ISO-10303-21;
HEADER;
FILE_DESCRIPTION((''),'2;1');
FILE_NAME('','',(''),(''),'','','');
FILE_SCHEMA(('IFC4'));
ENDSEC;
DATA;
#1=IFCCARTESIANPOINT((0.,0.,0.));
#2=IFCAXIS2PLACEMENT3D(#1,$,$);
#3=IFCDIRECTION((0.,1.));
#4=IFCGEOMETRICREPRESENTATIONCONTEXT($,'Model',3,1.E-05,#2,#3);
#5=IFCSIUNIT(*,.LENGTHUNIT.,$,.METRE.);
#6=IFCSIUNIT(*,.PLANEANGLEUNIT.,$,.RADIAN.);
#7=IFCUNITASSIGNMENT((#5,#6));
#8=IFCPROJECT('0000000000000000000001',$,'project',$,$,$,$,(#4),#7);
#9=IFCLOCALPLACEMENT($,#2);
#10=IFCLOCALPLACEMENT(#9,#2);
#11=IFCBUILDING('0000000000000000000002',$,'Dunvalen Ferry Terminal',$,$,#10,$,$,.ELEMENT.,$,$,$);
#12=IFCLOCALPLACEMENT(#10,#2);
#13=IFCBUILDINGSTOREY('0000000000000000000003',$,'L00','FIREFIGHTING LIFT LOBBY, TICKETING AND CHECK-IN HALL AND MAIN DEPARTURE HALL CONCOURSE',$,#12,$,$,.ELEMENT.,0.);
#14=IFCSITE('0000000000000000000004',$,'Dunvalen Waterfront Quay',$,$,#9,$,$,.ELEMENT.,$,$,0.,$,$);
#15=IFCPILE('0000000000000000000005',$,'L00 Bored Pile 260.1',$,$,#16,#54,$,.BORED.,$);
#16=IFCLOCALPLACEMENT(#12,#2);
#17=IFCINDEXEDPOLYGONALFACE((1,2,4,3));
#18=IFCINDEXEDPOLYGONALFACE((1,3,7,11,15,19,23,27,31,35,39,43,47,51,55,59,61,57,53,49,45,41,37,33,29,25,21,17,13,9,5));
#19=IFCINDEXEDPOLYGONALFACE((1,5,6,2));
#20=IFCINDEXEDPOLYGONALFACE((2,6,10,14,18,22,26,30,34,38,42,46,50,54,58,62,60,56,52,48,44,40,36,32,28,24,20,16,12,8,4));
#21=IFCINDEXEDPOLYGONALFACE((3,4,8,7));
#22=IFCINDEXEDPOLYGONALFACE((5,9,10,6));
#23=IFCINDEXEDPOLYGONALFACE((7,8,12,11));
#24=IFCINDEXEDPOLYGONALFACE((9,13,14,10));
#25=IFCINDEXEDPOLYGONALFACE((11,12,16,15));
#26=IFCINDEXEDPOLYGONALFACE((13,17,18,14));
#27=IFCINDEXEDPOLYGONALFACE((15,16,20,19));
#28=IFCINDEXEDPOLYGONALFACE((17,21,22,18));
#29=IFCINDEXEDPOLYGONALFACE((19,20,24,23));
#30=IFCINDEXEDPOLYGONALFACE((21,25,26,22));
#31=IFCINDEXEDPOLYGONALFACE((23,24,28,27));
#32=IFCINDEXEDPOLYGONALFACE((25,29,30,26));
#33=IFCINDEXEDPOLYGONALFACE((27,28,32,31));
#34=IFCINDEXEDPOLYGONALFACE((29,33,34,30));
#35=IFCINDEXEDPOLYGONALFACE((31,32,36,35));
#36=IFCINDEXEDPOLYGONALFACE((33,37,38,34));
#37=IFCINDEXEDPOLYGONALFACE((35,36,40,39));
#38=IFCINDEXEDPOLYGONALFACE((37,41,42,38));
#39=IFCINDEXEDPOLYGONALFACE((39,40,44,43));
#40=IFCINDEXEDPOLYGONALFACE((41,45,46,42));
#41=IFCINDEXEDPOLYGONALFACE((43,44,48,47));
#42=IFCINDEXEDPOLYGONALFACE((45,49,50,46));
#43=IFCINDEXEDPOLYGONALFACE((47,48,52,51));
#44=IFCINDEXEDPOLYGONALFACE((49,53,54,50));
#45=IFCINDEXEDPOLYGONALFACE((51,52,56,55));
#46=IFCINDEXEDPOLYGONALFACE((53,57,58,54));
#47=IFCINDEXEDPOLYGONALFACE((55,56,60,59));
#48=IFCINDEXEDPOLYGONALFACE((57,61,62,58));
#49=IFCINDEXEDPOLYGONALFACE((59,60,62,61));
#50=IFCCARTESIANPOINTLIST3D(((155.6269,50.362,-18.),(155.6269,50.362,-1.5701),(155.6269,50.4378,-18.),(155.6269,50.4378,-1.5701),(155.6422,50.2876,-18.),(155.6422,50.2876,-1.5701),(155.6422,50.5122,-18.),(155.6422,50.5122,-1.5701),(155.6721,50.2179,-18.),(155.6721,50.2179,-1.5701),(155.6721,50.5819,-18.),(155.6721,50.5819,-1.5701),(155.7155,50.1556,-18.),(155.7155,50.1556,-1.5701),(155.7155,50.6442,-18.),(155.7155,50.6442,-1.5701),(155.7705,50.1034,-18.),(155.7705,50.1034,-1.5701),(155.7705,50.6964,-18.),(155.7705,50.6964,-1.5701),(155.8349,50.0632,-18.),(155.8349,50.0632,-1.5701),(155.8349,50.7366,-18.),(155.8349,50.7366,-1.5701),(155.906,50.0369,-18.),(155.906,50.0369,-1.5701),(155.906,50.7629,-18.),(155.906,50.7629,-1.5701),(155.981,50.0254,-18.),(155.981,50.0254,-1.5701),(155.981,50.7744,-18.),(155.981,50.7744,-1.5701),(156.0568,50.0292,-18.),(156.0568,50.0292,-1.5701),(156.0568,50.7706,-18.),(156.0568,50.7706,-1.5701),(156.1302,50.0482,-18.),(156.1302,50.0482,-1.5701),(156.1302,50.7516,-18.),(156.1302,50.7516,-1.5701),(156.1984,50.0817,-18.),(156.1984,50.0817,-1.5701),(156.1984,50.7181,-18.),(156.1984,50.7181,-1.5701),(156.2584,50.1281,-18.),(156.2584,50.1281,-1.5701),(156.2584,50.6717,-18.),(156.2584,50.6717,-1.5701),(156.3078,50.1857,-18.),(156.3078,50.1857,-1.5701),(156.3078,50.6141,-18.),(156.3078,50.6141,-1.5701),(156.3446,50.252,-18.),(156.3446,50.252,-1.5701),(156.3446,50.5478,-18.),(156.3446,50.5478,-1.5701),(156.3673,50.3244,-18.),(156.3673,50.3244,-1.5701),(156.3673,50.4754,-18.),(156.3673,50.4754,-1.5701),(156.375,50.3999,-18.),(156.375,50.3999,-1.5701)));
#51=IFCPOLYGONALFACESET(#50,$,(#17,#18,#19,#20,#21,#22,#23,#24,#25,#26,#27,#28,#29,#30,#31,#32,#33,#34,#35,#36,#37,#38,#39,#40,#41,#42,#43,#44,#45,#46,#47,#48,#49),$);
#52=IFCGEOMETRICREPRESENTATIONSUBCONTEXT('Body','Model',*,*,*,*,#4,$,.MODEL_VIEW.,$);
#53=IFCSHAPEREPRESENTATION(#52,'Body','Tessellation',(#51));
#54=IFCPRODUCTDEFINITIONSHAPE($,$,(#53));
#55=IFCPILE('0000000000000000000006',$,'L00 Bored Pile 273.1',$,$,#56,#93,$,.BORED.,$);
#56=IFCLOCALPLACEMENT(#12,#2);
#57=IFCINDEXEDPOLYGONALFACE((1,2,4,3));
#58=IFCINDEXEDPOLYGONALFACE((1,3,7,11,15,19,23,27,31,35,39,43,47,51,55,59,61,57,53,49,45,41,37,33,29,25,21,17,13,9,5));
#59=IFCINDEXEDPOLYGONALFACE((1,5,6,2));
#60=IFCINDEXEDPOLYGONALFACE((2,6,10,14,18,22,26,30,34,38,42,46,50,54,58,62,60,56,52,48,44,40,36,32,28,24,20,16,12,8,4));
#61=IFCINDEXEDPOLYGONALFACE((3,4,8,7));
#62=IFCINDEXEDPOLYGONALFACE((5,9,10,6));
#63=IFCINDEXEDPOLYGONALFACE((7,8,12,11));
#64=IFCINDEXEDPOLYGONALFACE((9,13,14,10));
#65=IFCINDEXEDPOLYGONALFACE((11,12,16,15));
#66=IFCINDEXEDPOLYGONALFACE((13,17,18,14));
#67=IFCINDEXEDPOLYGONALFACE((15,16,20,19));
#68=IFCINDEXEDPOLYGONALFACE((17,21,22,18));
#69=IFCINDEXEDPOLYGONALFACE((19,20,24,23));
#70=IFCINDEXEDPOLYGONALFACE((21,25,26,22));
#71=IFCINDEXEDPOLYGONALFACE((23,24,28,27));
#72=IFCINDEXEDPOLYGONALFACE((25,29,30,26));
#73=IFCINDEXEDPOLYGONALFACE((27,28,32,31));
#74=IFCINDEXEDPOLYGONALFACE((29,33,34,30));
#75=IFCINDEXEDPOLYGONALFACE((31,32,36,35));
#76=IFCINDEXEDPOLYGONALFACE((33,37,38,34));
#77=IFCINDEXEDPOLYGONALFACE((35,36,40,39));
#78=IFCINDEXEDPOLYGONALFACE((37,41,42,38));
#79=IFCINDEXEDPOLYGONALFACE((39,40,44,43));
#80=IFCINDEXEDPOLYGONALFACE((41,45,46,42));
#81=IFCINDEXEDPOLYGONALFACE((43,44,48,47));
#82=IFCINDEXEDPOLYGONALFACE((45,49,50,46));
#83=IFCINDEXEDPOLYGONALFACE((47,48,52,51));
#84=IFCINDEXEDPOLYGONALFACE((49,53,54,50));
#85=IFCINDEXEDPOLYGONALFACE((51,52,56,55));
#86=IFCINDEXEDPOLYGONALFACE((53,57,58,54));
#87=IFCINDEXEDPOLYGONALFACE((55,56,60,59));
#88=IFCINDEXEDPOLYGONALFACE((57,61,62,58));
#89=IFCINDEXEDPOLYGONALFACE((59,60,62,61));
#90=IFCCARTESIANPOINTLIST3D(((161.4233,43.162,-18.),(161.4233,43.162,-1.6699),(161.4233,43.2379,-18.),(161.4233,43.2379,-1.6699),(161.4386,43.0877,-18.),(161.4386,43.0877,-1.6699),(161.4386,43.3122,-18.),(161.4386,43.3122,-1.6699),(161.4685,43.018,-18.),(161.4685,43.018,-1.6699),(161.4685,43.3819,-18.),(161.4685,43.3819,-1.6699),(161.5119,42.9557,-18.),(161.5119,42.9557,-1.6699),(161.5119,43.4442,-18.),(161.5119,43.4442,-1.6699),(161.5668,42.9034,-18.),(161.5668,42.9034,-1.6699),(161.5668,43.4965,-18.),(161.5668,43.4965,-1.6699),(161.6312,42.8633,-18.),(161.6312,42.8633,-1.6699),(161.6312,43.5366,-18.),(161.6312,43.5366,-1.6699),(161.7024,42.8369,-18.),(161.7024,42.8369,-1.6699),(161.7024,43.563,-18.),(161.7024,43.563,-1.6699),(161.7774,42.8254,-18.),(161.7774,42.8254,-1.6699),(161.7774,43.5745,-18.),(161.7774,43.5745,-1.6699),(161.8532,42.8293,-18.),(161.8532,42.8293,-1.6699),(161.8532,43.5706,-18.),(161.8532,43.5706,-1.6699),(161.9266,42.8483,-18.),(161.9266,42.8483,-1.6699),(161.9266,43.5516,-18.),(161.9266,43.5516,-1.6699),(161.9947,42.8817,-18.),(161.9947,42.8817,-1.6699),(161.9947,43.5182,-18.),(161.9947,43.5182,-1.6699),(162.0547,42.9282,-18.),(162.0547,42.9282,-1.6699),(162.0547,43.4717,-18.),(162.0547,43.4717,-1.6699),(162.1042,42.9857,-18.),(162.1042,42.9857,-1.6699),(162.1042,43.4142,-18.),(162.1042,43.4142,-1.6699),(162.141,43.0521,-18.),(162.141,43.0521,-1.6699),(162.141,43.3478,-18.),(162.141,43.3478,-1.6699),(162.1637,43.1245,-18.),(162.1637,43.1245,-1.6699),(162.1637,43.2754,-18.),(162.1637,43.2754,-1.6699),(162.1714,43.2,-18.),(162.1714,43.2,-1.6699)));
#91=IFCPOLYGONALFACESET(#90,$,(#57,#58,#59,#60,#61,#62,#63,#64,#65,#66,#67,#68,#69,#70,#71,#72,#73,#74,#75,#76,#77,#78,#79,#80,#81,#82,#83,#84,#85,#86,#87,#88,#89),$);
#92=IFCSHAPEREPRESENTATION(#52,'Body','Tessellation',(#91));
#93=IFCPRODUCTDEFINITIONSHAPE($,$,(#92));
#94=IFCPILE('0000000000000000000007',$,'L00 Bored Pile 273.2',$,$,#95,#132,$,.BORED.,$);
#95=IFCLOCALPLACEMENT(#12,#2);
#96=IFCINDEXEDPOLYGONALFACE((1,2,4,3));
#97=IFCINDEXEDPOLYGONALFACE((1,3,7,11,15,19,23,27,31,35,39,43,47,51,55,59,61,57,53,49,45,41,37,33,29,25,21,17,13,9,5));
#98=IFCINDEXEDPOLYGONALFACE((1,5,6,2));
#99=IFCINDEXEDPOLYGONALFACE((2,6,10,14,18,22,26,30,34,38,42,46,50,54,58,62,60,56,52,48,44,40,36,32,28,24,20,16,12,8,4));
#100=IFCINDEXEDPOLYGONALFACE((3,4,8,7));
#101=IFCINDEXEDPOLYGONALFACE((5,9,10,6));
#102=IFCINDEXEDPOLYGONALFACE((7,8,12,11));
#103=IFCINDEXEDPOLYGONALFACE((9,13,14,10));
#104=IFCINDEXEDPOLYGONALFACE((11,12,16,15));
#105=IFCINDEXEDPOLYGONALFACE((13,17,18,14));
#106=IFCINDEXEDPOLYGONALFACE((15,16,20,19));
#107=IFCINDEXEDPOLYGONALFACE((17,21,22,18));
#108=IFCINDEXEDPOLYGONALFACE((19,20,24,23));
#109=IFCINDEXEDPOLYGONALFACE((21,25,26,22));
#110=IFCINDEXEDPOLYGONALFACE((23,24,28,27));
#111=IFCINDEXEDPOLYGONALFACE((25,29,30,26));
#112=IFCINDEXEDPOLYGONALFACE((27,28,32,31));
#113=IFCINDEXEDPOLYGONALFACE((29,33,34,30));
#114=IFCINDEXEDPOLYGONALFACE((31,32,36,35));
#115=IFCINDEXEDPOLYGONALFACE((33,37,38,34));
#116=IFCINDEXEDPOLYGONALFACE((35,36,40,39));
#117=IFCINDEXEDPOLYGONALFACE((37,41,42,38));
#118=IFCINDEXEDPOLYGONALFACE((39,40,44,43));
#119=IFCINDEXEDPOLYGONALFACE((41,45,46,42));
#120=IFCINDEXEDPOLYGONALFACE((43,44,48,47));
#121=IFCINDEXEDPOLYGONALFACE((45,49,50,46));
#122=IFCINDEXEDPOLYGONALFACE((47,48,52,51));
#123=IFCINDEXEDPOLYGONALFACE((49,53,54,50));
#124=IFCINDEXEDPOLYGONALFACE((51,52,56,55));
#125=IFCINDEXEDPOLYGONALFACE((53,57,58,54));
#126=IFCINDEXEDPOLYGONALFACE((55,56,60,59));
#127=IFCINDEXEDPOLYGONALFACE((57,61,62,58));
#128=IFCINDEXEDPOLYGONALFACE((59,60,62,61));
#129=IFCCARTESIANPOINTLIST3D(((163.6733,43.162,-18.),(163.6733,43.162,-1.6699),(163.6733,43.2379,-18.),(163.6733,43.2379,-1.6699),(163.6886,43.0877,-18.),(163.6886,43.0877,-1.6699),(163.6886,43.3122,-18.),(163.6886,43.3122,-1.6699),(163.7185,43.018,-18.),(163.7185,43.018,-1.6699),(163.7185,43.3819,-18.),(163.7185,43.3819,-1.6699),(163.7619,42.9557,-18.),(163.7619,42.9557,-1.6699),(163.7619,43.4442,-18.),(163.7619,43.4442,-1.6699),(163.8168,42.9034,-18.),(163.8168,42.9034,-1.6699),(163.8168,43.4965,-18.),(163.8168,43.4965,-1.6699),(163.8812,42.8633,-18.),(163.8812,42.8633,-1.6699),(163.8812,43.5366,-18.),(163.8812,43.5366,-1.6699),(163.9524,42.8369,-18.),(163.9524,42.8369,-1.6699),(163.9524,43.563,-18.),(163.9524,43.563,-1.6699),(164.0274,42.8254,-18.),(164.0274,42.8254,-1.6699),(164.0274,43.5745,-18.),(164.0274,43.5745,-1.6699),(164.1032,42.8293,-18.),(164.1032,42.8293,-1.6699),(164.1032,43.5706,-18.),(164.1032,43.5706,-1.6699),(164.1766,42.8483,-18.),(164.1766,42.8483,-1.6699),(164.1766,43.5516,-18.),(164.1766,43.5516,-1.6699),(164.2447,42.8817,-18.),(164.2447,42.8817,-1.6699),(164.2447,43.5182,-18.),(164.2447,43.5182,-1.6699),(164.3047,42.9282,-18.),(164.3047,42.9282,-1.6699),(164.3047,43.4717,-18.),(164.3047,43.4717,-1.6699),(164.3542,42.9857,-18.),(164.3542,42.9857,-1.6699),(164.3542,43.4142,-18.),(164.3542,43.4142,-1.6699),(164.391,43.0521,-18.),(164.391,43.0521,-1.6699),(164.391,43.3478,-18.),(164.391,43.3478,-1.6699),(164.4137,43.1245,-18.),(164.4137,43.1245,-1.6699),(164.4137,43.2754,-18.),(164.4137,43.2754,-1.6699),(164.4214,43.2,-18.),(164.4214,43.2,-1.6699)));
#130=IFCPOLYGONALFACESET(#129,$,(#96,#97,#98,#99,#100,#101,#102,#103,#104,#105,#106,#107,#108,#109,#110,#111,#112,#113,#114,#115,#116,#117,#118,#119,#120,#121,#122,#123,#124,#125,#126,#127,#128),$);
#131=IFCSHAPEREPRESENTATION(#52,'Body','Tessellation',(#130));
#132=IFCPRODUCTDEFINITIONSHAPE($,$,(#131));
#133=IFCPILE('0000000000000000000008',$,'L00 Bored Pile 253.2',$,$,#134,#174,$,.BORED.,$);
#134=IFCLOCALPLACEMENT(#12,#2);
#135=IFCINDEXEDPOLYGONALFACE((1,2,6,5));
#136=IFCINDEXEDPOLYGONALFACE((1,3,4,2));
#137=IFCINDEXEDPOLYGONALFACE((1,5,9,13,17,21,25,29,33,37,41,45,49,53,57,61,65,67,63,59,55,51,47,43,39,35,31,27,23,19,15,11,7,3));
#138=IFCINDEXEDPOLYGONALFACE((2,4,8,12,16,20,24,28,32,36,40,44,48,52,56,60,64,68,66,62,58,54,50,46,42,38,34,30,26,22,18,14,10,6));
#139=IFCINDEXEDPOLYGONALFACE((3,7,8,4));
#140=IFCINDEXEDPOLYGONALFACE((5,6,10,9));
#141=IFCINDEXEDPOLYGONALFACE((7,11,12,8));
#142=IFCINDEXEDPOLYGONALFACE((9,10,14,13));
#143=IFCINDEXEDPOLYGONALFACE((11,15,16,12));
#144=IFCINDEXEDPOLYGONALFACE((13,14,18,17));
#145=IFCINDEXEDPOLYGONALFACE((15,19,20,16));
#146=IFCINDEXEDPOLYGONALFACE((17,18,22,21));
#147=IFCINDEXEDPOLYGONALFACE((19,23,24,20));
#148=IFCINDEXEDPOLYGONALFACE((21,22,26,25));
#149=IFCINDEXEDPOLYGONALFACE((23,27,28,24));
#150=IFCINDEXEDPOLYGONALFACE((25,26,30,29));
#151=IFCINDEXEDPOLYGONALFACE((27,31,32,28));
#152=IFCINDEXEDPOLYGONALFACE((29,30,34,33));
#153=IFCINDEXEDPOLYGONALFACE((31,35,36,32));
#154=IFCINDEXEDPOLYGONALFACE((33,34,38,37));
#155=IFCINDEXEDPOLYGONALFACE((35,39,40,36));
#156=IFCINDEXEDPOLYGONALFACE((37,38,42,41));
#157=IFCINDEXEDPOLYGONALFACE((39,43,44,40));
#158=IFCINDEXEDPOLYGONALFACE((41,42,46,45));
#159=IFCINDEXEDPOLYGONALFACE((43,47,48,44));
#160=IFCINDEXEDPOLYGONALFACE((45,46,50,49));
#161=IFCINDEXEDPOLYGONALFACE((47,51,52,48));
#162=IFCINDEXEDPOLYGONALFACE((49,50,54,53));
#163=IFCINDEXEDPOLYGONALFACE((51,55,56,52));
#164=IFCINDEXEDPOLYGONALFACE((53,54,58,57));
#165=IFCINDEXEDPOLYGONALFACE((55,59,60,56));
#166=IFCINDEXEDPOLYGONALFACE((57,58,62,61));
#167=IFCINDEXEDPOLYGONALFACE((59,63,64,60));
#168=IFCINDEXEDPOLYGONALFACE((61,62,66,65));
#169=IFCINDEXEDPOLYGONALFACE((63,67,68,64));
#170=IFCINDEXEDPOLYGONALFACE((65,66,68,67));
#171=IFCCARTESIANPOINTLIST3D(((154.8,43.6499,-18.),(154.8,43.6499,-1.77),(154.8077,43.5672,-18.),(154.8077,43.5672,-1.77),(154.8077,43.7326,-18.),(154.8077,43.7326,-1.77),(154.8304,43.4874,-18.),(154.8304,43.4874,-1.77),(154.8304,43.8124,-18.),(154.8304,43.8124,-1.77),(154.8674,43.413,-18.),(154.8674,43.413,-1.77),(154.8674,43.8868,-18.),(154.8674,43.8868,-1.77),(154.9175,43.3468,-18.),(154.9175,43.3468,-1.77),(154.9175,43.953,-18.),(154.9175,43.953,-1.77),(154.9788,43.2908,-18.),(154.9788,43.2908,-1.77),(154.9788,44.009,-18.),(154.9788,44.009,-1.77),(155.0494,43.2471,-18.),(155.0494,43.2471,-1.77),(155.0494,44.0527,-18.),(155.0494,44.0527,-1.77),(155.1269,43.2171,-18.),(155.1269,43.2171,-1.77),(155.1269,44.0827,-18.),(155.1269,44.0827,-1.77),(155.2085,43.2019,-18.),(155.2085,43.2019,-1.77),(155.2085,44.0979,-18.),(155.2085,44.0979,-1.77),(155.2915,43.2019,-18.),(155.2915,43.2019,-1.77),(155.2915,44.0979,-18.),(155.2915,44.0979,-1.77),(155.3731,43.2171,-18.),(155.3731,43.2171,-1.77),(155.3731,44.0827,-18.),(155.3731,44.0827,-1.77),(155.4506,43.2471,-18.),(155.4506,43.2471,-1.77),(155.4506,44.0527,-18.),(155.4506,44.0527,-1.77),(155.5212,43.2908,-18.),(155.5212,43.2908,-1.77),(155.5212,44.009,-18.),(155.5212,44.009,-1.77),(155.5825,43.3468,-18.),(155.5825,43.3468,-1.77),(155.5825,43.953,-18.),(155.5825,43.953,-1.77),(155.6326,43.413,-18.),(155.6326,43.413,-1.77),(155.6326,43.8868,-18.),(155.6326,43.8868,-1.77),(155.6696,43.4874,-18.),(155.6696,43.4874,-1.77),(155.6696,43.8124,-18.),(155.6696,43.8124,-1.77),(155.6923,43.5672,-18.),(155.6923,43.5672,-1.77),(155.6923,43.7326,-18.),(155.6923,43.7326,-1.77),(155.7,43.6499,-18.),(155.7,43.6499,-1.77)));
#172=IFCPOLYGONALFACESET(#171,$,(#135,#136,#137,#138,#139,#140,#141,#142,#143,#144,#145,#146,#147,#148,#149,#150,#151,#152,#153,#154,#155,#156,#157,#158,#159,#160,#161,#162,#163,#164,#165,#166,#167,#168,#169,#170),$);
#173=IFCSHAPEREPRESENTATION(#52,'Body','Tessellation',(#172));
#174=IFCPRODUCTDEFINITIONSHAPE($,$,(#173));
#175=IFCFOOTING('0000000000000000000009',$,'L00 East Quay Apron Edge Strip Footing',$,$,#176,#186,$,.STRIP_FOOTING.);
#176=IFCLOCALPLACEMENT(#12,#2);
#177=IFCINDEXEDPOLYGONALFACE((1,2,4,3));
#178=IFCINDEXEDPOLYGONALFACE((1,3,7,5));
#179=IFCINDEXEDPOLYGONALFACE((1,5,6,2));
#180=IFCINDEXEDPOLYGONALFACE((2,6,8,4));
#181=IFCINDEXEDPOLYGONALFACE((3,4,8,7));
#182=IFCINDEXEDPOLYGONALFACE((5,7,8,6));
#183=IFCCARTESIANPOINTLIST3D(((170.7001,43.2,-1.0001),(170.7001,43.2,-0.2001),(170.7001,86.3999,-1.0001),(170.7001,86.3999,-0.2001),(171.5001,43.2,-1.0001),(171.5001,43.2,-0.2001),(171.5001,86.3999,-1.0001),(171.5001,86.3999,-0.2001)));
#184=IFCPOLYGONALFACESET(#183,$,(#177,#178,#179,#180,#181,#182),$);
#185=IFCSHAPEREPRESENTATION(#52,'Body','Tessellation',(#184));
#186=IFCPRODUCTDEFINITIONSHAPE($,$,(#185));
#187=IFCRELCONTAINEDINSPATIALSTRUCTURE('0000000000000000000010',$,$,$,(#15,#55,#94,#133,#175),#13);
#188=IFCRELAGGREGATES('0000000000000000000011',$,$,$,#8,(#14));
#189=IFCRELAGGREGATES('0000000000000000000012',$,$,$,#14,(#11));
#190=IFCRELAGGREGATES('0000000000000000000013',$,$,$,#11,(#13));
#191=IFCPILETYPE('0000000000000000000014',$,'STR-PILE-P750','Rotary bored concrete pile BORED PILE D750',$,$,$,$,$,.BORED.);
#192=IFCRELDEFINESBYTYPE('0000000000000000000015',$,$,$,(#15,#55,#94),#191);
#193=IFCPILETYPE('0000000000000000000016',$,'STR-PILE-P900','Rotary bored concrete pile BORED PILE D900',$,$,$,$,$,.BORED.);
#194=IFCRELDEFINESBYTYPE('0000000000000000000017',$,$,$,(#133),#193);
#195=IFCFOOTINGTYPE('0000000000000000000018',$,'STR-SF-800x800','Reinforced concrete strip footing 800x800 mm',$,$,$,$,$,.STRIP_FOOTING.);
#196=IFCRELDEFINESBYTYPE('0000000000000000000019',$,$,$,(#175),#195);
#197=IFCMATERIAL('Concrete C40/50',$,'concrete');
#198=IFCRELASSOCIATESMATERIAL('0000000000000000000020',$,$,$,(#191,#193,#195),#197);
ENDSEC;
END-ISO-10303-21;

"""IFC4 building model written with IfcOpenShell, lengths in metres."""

from ifc_helpers import new_model, si_unit, direction, frame, origin, origin_2d, place, context, subcontext, project, spatial, rectangle, circle, extrude, material, material_profile, profile_set, type_object, element, save


model = new_model("IFC4")

# Units and contexts
model_context = context("Model", 3, precision=1e-05, world=origin(), true_north=direction((0.0, 1.0)))
body_context = subcontext(model_context, "Body", "Model", "MODEL_VIEW")
ifc_project = project(units=[si_unit("LENGTHUNIT", "METRE"), si_unit("PLANEANGLEUNIT", "RADIAN")], contexts=[model_context])

# Site, building, storey
site_placement = place(None, origin())
site = spatial("IfcSite", under=ifc_project, at=site_placement, Name="Dunvalen Waterfront Quay", CompositionType="ELEMENT", RefElevation=0.0)
building_placement = place(site_placement, origin())
building = spatial("IfcBuilding", under=site, at=building_placement, Name="Dunvalen Ferry Terminal", CompositionType="ELEMENT")
storey_placement = place(building_placement, origin())
storey = spatial("IfcBuildingStorey", under=building, at=storey_placement, Name="L00", Description="FIREFIGHTING LIFT LOBBY, TICKETING AND CHECK-IN HALL AND MAIN DEPARTURE HALL CONCOURSE", CompositionType="ELEMENT", Elevation=0.0)

# Shared definitions
ifc_material_1 = material(Name="Concrete C40/50", Category="concrete")

# Piles
ifc_material_profile_1 = material_profile(ifc_material_1, circle(Radius=0.375, at=origin_2d()), Name="Concrete C40/50")
ifc_profile_set_1 = profile_set([ifc_material_profile_1], Name="Concrete C40/50")
pile_type_1 = type_object("IfcPileType", Name="STR-PILE-P750", Description="Rotary bored concrete pile BORED PILE D750", PredefinedType="BORED", material=ifc_profile_set_1)
for number, where, z_axis, x_axis, name in (
    (1, (156.0, 50.3999, -1.5701), (0.0, 0.0, -1.0), (1.0, 0.0, 0.0), "L00 Bored Pile 260.1"),
):
    element("IfcPile", number, at=place(storey_placement, frame(where, z_axis=z_axis, x_axis=x_axis)), inside=storey, type_object=pile_type_1, Name=name, PredefinedType="BORED", context=body_context, shape_type="SweptSolid", body=[
        extrude(circle(Radius=0.375, at=origin_2d()), origin(), (0.0, 0.0, 1.0), 16.4299),
    ])
for number, where, z_axis, x_axis, name in (
    (2, (161.7964, 43.2, -1.6699), (0.0, 0.0, -1.0), (1.0, 0.0, 0.0), "L00 Bored Pile 273.1"),
    (3, (164.0464, 43.2, -1.6699), (0.0, 0.0, -1.0), (1.0, 0.0, 0.0), "L00 Bored Pile 273.2"),
):
    element("IfcPile", number, at=place(storey_placement, frame(where, z_axis=z_axis, x_axis=x_axis)), inside=storey, type_object=pile_type_1, Name=name, PredefinedType="BORED", context=body_context, shape_type="SweptSolid", body=[
        extrude(circle(Radius=0.375, at=origin_2d()), origin(), (0.0, 0.0, 1.0), 16.3301),
    ])
ifc_material_profile_2 = material_profile(ifc_material_1, circle(Radius=0.45, at=origin_2d()), Name="Concrete C40/50")
ifc_profile_set_2 = profile_set([ifc_material_profile_2], Name="Concrete C40/50")
pile_type_2 = type_object("IfcPileType", Name="STR-PILE-P900", Description="Rotary bored concrete pile BORED PILE D900", PredefinedType="BORED", material=ifc_profile_set_2)
pile_1_placement = place(storey_placement, frame((155.25, 43.6499, -1.77), z_axis=(0.0, 0.0, -1.0), x_axis=(1.0, 0.0, 0.0)))
element("IfcPile", 4, at=pile_1_placement, inside=storey, type_object=pile_type_2, Name="L00 Bored Pile 253.2", PredefinedType="BORED", context=body_context, shape_type="SweptSolid", body=[
    extrude(circle(Radius=0.45, at=origin_2d()), origin(), (0.0, 0.0, 1.0), 16.23),
])

# Footing
ifc_material_profile_3 = material_profile(ifc_material_1, rectangle(XDim=0.8, YDim=0.8, at=origin_2d()), Name="Concrete C40/50")
ifc_profile_set_3 = profile_set([ifc_material_profile_3], Name="Concrete C40/50")
footing_type_1 = type_object("IfcFootingType", Name="STR-SF-800x800", Description="Reinforced concrete strip footing 800x800 mm", PredefinedType="STRIP_FOOTING", material=ifc_profile_set_3)
footing_1_placement = place(storey_placement, frame((171.1001, 43.2, -0.6001), z_axis=(0.0, 1.0, 0.0), x_axis=(-1.0, 0.0, 0.0)))
element("IfcFooting", 5, at=footing_1_placement, inside=storey, type_object=footing_type_1, Name="L00 East Quay Apron Edge Strip Footing", PredefinedType="STRIP_FOOTING", context=body_context, shape_type="SweptSolid", body=[
    extrude(rectangle(XDim=0.8, YDim=0.8, at=origin_2d()), origin(), (0.0, 0.0, 1.0), 43.2),
])

save(model, "model.ifc")
